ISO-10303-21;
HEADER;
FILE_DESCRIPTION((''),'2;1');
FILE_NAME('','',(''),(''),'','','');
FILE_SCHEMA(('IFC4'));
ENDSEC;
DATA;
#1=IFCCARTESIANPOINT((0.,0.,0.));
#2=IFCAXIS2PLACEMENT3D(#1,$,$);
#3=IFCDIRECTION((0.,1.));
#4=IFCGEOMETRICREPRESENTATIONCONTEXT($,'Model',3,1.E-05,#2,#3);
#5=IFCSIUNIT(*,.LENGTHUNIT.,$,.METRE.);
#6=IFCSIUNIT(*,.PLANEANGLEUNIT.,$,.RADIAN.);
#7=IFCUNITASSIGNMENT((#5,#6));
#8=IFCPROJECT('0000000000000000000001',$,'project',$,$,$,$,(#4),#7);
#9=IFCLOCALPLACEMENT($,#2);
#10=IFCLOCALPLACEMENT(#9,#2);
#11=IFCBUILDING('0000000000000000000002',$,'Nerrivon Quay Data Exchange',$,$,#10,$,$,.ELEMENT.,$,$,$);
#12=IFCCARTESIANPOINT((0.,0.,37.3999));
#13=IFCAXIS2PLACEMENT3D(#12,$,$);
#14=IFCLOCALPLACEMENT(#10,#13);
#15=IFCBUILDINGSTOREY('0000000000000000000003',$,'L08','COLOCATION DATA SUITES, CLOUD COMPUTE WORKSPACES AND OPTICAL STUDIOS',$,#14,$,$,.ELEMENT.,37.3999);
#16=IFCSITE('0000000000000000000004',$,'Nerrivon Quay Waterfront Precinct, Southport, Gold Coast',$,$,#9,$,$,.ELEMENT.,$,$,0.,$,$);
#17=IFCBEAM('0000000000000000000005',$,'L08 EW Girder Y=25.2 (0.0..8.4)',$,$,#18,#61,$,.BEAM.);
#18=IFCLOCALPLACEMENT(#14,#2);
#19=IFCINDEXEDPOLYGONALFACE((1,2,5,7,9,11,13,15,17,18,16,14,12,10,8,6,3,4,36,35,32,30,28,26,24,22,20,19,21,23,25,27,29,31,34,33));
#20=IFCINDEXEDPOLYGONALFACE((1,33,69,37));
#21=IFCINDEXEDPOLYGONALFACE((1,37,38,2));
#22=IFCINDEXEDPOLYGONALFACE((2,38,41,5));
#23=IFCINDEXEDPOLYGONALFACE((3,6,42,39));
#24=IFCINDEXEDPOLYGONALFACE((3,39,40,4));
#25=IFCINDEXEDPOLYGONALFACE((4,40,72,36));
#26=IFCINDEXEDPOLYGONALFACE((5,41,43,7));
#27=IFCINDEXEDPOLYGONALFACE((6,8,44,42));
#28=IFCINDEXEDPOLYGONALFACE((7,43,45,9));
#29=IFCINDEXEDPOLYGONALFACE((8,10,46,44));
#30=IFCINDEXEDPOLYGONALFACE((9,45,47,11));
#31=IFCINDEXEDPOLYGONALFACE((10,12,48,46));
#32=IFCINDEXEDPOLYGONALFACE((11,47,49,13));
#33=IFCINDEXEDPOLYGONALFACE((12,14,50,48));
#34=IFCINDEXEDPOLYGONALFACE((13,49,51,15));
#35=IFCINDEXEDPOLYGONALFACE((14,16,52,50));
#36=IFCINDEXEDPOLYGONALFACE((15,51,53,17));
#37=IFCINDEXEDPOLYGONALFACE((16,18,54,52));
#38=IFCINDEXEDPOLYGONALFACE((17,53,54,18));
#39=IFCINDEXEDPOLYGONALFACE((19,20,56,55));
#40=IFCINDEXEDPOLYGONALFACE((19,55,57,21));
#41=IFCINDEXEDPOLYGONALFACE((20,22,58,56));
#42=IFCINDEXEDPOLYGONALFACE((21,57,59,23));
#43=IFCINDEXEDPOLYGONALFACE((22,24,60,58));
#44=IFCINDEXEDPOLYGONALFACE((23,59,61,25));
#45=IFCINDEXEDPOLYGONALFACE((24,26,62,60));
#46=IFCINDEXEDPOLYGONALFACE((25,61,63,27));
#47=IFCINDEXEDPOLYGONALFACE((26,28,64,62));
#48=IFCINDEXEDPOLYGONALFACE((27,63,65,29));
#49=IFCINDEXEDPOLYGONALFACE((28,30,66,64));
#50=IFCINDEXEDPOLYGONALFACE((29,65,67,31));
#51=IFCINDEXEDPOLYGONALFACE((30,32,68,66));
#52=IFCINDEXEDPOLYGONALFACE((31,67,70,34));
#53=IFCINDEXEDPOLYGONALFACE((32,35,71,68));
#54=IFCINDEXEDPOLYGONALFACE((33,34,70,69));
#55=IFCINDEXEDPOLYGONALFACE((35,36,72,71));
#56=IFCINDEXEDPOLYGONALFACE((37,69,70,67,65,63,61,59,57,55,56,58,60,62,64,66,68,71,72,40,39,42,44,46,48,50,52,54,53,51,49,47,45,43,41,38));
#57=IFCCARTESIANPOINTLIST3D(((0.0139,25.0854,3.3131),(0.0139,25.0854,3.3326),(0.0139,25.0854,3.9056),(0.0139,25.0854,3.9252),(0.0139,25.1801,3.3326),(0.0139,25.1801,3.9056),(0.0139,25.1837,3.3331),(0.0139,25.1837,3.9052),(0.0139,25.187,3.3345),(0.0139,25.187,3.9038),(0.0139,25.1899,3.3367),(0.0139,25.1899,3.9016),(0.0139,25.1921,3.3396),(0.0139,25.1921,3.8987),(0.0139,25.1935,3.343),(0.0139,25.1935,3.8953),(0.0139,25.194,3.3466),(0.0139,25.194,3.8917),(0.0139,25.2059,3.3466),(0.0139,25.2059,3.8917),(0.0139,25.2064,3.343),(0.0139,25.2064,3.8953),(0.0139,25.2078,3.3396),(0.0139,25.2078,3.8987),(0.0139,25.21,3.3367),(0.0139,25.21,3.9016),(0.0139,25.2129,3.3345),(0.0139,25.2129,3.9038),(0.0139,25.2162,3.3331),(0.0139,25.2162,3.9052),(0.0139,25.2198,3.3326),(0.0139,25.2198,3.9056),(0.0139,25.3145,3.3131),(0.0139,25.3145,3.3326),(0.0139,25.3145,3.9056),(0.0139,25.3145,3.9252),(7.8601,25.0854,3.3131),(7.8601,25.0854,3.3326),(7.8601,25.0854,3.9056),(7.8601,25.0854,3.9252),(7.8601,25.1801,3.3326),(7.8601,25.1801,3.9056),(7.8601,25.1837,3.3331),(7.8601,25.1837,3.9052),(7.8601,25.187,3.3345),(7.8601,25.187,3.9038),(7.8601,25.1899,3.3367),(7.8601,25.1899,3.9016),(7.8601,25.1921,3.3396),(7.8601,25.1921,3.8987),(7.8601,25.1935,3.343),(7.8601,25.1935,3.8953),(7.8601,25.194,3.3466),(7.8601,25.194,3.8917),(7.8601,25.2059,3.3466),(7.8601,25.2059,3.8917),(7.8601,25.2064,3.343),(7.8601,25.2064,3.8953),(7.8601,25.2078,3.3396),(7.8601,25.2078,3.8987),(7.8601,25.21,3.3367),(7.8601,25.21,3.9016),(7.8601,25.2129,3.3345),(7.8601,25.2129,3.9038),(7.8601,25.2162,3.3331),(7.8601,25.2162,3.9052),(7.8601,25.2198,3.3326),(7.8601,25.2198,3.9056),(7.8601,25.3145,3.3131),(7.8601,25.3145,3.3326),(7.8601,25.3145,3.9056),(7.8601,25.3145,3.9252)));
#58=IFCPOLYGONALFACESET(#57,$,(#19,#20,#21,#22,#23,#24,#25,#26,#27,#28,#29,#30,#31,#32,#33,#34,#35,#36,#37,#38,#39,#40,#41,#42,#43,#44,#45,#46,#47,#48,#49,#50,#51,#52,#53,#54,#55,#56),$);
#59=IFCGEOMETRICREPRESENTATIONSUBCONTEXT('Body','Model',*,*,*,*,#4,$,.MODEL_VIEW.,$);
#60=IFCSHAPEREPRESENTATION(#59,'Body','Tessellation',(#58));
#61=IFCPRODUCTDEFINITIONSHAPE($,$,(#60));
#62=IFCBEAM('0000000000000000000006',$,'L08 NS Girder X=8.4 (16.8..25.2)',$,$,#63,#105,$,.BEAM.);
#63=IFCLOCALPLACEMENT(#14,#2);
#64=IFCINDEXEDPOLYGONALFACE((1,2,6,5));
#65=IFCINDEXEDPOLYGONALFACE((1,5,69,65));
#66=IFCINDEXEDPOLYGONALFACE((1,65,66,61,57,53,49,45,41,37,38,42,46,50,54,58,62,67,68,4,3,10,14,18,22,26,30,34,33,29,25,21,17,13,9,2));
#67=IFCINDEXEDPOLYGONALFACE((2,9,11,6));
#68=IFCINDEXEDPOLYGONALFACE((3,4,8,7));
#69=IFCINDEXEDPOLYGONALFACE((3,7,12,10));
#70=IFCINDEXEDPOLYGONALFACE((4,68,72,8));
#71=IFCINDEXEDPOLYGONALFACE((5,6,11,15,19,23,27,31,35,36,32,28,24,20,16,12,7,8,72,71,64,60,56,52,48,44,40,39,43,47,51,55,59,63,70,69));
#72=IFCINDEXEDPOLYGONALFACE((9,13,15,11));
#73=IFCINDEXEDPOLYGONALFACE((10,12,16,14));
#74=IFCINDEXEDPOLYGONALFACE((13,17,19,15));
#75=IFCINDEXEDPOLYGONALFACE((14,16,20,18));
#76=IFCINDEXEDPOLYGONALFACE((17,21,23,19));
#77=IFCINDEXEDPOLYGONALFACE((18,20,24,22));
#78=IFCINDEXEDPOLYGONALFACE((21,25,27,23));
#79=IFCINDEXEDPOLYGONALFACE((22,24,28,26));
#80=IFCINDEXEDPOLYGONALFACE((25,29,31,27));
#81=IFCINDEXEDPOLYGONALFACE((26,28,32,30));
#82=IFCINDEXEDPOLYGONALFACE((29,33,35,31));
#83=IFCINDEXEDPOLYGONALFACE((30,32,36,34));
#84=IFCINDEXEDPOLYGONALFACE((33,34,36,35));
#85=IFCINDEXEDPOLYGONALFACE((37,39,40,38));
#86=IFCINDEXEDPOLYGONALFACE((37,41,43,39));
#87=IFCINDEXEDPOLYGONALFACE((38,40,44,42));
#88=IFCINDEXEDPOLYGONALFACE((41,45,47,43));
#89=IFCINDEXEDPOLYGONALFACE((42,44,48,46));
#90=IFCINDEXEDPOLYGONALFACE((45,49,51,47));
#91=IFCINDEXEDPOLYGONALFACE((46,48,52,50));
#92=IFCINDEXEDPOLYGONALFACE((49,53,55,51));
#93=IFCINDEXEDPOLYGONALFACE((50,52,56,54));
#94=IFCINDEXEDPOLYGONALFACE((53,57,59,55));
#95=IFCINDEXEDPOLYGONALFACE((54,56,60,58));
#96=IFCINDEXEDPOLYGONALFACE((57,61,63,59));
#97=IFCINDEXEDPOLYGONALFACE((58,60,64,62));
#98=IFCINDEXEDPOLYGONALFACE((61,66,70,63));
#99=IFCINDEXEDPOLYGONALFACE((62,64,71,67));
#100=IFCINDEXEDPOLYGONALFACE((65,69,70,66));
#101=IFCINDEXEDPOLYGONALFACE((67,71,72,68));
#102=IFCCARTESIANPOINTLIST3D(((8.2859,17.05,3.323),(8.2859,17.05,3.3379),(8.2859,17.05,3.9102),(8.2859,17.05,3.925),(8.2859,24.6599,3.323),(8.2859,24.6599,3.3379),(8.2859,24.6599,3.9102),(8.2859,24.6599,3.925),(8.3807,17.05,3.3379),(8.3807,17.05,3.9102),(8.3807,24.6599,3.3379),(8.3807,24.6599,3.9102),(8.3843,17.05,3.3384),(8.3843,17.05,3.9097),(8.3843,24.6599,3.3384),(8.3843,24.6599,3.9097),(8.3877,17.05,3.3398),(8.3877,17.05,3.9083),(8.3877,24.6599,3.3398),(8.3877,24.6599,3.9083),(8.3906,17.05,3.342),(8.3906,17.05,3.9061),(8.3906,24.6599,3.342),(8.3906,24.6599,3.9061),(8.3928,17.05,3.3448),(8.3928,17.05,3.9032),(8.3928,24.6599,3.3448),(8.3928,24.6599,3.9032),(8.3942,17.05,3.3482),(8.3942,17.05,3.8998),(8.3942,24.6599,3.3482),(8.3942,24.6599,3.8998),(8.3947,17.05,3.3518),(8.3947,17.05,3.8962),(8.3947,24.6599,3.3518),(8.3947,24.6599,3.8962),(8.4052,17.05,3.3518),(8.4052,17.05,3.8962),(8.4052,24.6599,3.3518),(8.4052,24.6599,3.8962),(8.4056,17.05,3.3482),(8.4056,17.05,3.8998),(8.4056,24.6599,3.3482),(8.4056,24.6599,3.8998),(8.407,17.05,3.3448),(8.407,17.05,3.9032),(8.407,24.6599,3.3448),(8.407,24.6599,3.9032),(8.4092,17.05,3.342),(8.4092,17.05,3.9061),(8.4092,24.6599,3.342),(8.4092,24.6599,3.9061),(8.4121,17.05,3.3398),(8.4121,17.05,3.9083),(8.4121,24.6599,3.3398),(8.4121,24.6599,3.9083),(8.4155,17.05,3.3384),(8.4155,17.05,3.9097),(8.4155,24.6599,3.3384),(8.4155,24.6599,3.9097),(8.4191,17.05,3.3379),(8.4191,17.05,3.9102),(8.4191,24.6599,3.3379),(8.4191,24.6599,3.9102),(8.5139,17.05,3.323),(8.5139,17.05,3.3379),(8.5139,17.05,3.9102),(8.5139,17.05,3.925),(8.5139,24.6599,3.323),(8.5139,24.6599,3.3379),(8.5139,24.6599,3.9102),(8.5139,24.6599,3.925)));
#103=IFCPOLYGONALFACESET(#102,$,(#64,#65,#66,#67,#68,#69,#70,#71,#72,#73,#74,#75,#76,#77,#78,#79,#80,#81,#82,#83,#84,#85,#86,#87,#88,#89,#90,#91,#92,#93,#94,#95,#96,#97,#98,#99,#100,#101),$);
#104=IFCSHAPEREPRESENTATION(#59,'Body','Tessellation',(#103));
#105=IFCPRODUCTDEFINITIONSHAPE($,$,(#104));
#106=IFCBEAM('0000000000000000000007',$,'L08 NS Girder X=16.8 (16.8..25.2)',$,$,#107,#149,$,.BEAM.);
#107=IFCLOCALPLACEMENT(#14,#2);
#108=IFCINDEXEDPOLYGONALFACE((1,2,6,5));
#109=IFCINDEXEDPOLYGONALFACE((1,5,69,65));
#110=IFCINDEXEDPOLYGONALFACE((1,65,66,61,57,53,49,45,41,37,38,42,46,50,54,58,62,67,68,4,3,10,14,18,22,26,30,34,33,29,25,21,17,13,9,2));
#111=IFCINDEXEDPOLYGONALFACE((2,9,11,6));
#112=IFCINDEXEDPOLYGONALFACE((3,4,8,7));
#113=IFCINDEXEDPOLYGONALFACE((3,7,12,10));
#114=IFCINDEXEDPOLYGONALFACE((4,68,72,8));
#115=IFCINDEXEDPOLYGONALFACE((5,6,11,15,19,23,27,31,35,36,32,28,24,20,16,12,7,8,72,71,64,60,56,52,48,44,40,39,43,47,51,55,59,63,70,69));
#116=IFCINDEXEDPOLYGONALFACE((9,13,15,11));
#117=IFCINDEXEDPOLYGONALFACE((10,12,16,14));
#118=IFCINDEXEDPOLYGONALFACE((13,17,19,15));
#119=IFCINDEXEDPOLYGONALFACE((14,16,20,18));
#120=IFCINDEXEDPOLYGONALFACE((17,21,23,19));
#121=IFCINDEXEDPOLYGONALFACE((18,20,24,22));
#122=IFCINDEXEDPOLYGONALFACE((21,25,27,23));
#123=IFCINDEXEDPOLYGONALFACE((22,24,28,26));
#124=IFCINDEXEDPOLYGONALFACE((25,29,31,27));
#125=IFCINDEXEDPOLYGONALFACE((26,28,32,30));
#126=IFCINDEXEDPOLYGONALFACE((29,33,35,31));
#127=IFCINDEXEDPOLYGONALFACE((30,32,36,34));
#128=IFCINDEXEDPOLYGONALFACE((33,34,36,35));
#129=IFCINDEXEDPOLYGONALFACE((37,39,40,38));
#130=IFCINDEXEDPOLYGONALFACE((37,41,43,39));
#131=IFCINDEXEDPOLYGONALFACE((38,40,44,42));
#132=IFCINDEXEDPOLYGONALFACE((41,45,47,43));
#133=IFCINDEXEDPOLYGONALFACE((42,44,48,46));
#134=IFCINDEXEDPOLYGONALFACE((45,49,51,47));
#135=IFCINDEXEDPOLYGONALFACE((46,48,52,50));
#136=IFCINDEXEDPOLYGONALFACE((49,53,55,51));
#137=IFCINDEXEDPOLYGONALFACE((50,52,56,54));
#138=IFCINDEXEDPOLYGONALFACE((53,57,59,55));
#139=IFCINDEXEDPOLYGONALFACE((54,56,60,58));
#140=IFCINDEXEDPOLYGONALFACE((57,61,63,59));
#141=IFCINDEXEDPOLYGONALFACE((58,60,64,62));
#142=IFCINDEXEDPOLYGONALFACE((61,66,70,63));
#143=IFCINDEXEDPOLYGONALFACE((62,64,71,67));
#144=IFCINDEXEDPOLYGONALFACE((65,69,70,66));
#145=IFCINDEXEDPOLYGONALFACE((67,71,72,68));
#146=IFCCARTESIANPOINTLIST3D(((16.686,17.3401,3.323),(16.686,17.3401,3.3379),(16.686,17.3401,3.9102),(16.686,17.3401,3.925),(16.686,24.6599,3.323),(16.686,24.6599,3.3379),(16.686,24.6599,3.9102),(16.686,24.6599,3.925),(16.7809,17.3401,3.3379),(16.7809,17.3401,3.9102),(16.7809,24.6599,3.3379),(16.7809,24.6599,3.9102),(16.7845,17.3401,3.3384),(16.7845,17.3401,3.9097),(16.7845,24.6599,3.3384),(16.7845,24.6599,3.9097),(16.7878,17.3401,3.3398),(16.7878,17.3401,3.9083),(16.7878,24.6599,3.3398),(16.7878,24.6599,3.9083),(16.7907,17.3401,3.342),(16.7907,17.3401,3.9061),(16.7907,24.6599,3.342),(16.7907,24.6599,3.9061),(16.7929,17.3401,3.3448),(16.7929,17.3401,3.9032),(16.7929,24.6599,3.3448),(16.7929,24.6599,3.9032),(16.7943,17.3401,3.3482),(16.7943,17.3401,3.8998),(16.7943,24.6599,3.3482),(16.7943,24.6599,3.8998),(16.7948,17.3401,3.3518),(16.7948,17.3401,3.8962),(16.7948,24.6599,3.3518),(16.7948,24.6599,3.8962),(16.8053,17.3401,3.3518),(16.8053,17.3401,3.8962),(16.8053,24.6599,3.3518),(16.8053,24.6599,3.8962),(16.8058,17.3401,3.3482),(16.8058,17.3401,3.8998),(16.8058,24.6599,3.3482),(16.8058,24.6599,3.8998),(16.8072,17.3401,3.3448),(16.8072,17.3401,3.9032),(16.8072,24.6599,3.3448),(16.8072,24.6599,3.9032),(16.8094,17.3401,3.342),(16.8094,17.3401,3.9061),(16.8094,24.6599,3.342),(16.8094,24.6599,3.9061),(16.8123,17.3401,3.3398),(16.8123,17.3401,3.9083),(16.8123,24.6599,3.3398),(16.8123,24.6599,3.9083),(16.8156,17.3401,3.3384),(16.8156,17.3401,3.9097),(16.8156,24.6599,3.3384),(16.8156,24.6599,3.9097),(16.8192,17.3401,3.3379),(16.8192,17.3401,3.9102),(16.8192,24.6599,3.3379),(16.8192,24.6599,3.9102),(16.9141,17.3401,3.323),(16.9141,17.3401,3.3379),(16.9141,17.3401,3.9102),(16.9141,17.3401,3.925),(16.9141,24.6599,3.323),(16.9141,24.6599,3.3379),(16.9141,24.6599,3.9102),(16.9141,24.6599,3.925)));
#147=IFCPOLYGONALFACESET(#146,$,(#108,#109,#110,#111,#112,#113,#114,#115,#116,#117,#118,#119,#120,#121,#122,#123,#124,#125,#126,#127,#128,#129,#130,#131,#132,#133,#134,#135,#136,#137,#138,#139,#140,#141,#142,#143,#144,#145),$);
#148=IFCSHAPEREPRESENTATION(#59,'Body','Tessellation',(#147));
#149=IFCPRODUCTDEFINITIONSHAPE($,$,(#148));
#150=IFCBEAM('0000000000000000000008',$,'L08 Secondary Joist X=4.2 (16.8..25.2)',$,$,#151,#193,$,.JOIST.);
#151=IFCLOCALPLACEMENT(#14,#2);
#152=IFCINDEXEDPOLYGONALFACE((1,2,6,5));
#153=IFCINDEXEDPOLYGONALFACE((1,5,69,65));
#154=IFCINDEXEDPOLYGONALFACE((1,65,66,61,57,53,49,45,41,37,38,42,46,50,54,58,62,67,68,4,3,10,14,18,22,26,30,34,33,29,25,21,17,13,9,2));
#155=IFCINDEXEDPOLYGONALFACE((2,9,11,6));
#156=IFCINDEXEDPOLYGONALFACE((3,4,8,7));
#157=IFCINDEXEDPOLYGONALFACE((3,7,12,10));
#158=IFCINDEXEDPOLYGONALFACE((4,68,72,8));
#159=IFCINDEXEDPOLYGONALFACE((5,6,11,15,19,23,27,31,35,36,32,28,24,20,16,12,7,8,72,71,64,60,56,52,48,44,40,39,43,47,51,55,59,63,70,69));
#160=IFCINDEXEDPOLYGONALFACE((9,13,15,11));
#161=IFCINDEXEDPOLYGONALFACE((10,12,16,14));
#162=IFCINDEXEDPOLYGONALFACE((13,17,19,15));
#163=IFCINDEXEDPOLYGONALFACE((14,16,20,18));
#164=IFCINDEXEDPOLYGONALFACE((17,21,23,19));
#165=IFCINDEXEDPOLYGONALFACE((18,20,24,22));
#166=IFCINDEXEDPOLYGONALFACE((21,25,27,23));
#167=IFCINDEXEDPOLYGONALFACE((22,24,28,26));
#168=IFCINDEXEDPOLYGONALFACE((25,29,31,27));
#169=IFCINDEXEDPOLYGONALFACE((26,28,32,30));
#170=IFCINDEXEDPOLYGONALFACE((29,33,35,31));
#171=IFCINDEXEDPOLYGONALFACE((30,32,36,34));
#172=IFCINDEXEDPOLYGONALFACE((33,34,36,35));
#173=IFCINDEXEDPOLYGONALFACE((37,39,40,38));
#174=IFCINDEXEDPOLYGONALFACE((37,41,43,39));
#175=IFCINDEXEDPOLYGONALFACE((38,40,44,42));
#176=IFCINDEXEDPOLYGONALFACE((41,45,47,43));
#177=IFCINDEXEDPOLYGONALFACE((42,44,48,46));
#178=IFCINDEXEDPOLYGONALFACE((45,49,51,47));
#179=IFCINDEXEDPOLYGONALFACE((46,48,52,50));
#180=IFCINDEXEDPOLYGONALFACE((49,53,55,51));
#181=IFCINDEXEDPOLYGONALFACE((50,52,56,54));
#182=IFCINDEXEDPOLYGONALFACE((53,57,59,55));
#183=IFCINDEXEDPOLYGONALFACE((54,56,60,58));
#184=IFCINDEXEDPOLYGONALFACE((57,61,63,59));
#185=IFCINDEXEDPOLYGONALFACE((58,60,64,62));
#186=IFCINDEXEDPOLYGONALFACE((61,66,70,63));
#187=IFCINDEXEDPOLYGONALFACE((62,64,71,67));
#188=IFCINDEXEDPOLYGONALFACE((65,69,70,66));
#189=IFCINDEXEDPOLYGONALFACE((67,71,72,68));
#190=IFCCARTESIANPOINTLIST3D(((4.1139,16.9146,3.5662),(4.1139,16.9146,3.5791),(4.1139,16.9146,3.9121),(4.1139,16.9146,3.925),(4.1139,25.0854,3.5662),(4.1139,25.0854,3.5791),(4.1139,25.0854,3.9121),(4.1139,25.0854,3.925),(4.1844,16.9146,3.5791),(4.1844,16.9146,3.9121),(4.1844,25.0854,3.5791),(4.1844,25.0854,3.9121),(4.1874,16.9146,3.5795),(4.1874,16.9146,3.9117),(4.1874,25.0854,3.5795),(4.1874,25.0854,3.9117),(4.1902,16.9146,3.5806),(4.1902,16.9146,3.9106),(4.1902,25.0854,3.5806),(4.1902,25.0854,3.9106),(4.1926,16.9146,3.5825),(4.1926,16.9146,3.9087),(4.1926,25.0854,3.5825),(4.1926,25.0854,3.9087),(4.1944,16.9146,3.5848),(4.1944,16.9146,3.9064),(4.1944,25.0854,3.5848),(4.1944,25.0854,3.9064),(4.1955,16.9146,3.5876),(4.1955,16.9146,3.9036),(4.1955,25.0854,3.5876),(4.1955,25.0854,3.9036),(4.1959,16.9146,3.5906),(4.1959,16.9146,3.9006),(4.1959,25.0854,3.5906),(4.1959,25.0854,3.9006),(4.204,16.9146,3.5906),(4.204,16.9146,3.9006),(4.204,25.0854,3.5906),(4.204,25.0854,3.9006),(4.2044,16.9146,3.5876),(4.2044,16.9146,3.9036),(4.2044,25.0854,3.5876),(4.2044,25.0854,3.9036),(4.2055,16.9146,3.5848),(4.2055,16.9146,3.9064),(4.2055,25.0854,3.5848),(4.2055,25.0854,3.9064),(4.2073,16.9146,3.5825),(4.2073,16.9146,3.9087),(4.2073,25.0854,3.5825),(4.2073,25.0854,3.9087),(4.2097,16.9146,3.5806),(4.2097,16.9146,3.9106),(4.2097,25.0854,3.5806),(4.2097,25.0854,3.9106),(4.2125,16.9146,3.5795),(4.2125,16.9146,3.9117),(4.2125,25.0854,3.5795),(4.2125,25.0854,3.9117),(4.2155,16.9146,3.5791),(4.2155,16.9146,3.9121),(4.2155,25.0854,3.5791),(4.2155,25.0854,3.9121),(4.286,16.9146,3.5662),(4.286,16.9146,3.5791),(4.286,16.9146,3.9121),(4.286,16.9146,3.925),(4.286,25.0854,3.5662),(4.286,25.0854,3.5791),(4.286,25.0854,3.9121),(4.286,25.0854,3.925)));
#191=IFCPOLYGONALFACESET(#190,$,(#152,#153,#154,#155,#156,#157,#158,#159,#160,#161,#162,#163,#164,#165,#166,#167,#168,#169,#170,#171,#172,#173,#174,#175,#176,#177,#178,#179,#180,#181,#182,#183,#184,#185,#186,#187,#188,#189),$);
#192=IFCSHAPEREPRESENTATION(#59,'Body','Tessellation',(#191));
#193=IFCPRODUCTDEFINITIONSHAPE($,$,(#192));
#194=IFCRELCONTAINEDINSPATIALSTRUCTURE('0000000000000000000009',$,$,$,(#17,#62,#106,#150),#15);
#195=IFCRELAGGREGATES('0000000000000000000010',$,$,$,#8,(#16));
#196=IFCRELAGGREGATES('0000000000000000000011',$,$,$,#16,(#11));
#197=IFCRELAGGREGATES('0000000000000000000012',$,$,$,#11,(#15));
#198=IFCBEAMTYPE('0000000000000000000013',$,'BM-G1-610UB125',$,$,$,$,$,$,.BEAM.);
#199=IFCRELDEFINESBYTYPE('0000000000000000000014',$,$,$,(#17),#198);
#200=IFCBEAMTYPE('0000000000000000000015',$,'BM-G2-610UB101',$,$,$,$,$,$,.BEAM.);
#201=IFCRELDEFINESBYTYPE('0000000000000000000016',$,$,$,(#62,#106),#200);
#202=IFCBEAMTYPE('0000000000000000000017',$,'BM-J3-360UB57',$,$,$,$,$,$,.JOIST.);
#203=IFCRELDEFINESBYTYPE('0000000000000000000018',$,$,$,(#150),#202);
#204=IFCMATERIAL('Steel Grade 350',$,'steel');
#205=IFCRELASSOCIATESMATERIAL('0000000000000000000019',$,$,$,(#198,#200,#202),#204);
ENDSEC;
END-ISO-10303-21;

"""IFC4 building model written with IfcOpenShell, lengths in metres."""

from ifc_helpers import new_model, si_unit, direction, frame, origin, origin_2d, place, context, subcontext, project, spatial, i_section, extrude, material, material_profile, profile_set, type_object, element, save


model = new_model("IFC4")

# Units and contexts
model_context = context("Model", 3, precision=1e-05, world=origin(), true_north=direction((0.0, 1.0)))
body_context = subcontext(model_context, "Body", "Model", "MODEL_VIEW")
ifc_project = project(units=[si_unit("LENGTHUNIT", "METRE"), si_unit("PLANEANGLEUNIT", "RADIAN")], contexts=[model_context])

# Site, building, storey
site_placement = place(None, origin())
site = spatial("IfcSite", under=ifc_project, at=site_placement, Name="Nerrivon Quay Waterfront Precinct, Southport, Gold Coast", CompositionType="ELEMENT", RefElevation=0.0)
building_placement = place(site_placement, origin())
building = spatial("IfcBuilding", under=site, at=building_placement, Name="Nerrivon Quay Data Exchange", CompositionType="ELEMENT")
storey_placement = place(building_placement, frame((0.0, 0.0, 37.3999)))
storey = spatial("IfcBuildingStorey", under=building, at=storey_placement, Name="L08", Description="COLOCATION DATA SUITES, CLOUD COMPUTE WORKSPACES AND OPTICAL STUDIOS", CompositionType="ELEMENT", Elevation=37.3999)

# Shared definitions
ifc_material_1 = material(Name="Steel Grade 350", Category="steel")

# Beams
ifc_material_profile_1 = material_profile(ifc_material_1, i_section(OverallWidth=0.229, OverallDepth=0.6121, WebThickness=0.012, FlangeThickness=0.0195, FilletRadius=0.0139, at=origin_2d()), Name="610UB125")
ifc_profile_set_1 = profile_set([ifc_material_profile_1], Name="Steel Grade 350")
beam_type_1 = type_object("IfcBeamType", Name="BM-G1-610UB125", PredefinedType="BEAM", material=ifc_profile_set_1)
beam_1_placement = place(storey_placement, frame((0.0139, 25.2, 3.6191), z_axis=(1.0, 0.0, 0.0), x_axis=(0.0, 1.0, 0.0)))
element("IfcBeam", 1, at=beam_1_placement, inside=storey, type_object=beam_type_1, Name="L08 EW Girder Y=25.2 (0.0..8.4)", PredefinedType="BEAM", context=body_context, shape_type="SweptSolid", body=[
    extrude(i_section(OverallWidth=0.229, OverallDepth=0.6121, WebThickness=0.012, FlangeThickness=0.0195, FilletRadius=0.0139, at=origin_2d()), origin(), (0.0, 0.0, 1.0), 7.8462),
])
ifc_material_profile_2 = material_profile(ifc_material_1, i_section(OverallWidth=0.228, OverallDepth=0.6021, WebThickness=0.0105, FlangeThickness=0.0149, FilletRadius=0.0139, at=origin_2d()), Name="610UB101")
ifc_profile_set_2 = profile_set([ifc_material_profile_2], Name="Steel Grade 350")
beam_type_2 = type_object("IfcBeamType", Name="BM-G2-610UB101", PredefinedType="BEAM", material=ifc_profile_set_2)
beam_2_placement = place(storey_placement, frame((8.3999, 17.05, 3.624), z_axis=(0.0, 1.0, 0.0), x_axis=(-1.0, 0.0, 0.0)))
element("IfcBeam", 2, at=beam_2_placement, inside=storey, type_object=beam_type_2, Name="L08 NS Girder X=8.4 (16.8..25.2)", PredefinedType="BEAM", context=body_context, shape_type="SweptSolid", body=[
    extrude(i_section(OverallWidth=0.228, OverallDepth=0.6021, WebThickness=0.0105, FlangeThickness=0.0149, FilletRadius=0.0139, at=origin_2d()), origin(), (0.0, 0.0, 1.0), 7.6099),
])
beam_3_placement = place(storey_placement, frame((16.8, 17.3401, 3.624), z_axis=(0.0, 1.0, 0.0), x_axis=(-1.0, 0.0, 0.0)))
element("IfcBeam", 3, at=beam_3_placement, inside=storey, type_object=beam_type_2, Name="L08 NS Girder X=16.8 (16.8..25.2)", PredefinedType="BEAM", context=body_context, shape_type="SweptSolid", body=[
    extrude(i_section(OverallWidth=0.228, OverallDepth=0.6021, WebThickness=0.0105, FlangeThickness=0.0149, FilletRadius=0.0139, at=origin_2d()), origin(), (0.0, 0.0, 1.0), 7.3198),
])
ifc_material_profile_3 = material_profile(ifc_material_1, i_section(OverallWidth=0.1721, OverallDepth=0.3589, WebThickness=0.0081, FlangeThickness=0.0129, FilletRadius=0.0115, at=origin_2d()), Name="360UB56.7")
ifc_profile_set_3 = profile_set([ifc_material_profile_3], Name="Steel Grade 350")
beam_type_3 = type_object("IfcBeamType", Name="BM-J3-360UB57", PredefinedType="JOIST", material=ifc_profile_set_3)
beam_4_placement = place(storey_placement, frame((4.2, 16.9146, 3.7456), z_axis=(0.0, 1.0, 0.0), x_axis=(-1.0, 0.0, 0.0)))
element("IfcBeam", 4, at=beam_4_placement, inside=storey, type_object=beam_type_3, Name="L08 Secondary Joist X=4.2 (16.8..25.2)", PredefinedType="JOIST", context=body_context, shape_type="SweptSolid", body=[
    extrude(i_section(OverallWidth=0.1721, OverallDepth=0.3589, WebThickness=0.0081, FlangeThickness=0.0129, FilletRadius=0.0115, at=origin_2d()), origin(), (0.0, 0.0, 1.0), 8.1709),
])

save(model, "model.ifc")
